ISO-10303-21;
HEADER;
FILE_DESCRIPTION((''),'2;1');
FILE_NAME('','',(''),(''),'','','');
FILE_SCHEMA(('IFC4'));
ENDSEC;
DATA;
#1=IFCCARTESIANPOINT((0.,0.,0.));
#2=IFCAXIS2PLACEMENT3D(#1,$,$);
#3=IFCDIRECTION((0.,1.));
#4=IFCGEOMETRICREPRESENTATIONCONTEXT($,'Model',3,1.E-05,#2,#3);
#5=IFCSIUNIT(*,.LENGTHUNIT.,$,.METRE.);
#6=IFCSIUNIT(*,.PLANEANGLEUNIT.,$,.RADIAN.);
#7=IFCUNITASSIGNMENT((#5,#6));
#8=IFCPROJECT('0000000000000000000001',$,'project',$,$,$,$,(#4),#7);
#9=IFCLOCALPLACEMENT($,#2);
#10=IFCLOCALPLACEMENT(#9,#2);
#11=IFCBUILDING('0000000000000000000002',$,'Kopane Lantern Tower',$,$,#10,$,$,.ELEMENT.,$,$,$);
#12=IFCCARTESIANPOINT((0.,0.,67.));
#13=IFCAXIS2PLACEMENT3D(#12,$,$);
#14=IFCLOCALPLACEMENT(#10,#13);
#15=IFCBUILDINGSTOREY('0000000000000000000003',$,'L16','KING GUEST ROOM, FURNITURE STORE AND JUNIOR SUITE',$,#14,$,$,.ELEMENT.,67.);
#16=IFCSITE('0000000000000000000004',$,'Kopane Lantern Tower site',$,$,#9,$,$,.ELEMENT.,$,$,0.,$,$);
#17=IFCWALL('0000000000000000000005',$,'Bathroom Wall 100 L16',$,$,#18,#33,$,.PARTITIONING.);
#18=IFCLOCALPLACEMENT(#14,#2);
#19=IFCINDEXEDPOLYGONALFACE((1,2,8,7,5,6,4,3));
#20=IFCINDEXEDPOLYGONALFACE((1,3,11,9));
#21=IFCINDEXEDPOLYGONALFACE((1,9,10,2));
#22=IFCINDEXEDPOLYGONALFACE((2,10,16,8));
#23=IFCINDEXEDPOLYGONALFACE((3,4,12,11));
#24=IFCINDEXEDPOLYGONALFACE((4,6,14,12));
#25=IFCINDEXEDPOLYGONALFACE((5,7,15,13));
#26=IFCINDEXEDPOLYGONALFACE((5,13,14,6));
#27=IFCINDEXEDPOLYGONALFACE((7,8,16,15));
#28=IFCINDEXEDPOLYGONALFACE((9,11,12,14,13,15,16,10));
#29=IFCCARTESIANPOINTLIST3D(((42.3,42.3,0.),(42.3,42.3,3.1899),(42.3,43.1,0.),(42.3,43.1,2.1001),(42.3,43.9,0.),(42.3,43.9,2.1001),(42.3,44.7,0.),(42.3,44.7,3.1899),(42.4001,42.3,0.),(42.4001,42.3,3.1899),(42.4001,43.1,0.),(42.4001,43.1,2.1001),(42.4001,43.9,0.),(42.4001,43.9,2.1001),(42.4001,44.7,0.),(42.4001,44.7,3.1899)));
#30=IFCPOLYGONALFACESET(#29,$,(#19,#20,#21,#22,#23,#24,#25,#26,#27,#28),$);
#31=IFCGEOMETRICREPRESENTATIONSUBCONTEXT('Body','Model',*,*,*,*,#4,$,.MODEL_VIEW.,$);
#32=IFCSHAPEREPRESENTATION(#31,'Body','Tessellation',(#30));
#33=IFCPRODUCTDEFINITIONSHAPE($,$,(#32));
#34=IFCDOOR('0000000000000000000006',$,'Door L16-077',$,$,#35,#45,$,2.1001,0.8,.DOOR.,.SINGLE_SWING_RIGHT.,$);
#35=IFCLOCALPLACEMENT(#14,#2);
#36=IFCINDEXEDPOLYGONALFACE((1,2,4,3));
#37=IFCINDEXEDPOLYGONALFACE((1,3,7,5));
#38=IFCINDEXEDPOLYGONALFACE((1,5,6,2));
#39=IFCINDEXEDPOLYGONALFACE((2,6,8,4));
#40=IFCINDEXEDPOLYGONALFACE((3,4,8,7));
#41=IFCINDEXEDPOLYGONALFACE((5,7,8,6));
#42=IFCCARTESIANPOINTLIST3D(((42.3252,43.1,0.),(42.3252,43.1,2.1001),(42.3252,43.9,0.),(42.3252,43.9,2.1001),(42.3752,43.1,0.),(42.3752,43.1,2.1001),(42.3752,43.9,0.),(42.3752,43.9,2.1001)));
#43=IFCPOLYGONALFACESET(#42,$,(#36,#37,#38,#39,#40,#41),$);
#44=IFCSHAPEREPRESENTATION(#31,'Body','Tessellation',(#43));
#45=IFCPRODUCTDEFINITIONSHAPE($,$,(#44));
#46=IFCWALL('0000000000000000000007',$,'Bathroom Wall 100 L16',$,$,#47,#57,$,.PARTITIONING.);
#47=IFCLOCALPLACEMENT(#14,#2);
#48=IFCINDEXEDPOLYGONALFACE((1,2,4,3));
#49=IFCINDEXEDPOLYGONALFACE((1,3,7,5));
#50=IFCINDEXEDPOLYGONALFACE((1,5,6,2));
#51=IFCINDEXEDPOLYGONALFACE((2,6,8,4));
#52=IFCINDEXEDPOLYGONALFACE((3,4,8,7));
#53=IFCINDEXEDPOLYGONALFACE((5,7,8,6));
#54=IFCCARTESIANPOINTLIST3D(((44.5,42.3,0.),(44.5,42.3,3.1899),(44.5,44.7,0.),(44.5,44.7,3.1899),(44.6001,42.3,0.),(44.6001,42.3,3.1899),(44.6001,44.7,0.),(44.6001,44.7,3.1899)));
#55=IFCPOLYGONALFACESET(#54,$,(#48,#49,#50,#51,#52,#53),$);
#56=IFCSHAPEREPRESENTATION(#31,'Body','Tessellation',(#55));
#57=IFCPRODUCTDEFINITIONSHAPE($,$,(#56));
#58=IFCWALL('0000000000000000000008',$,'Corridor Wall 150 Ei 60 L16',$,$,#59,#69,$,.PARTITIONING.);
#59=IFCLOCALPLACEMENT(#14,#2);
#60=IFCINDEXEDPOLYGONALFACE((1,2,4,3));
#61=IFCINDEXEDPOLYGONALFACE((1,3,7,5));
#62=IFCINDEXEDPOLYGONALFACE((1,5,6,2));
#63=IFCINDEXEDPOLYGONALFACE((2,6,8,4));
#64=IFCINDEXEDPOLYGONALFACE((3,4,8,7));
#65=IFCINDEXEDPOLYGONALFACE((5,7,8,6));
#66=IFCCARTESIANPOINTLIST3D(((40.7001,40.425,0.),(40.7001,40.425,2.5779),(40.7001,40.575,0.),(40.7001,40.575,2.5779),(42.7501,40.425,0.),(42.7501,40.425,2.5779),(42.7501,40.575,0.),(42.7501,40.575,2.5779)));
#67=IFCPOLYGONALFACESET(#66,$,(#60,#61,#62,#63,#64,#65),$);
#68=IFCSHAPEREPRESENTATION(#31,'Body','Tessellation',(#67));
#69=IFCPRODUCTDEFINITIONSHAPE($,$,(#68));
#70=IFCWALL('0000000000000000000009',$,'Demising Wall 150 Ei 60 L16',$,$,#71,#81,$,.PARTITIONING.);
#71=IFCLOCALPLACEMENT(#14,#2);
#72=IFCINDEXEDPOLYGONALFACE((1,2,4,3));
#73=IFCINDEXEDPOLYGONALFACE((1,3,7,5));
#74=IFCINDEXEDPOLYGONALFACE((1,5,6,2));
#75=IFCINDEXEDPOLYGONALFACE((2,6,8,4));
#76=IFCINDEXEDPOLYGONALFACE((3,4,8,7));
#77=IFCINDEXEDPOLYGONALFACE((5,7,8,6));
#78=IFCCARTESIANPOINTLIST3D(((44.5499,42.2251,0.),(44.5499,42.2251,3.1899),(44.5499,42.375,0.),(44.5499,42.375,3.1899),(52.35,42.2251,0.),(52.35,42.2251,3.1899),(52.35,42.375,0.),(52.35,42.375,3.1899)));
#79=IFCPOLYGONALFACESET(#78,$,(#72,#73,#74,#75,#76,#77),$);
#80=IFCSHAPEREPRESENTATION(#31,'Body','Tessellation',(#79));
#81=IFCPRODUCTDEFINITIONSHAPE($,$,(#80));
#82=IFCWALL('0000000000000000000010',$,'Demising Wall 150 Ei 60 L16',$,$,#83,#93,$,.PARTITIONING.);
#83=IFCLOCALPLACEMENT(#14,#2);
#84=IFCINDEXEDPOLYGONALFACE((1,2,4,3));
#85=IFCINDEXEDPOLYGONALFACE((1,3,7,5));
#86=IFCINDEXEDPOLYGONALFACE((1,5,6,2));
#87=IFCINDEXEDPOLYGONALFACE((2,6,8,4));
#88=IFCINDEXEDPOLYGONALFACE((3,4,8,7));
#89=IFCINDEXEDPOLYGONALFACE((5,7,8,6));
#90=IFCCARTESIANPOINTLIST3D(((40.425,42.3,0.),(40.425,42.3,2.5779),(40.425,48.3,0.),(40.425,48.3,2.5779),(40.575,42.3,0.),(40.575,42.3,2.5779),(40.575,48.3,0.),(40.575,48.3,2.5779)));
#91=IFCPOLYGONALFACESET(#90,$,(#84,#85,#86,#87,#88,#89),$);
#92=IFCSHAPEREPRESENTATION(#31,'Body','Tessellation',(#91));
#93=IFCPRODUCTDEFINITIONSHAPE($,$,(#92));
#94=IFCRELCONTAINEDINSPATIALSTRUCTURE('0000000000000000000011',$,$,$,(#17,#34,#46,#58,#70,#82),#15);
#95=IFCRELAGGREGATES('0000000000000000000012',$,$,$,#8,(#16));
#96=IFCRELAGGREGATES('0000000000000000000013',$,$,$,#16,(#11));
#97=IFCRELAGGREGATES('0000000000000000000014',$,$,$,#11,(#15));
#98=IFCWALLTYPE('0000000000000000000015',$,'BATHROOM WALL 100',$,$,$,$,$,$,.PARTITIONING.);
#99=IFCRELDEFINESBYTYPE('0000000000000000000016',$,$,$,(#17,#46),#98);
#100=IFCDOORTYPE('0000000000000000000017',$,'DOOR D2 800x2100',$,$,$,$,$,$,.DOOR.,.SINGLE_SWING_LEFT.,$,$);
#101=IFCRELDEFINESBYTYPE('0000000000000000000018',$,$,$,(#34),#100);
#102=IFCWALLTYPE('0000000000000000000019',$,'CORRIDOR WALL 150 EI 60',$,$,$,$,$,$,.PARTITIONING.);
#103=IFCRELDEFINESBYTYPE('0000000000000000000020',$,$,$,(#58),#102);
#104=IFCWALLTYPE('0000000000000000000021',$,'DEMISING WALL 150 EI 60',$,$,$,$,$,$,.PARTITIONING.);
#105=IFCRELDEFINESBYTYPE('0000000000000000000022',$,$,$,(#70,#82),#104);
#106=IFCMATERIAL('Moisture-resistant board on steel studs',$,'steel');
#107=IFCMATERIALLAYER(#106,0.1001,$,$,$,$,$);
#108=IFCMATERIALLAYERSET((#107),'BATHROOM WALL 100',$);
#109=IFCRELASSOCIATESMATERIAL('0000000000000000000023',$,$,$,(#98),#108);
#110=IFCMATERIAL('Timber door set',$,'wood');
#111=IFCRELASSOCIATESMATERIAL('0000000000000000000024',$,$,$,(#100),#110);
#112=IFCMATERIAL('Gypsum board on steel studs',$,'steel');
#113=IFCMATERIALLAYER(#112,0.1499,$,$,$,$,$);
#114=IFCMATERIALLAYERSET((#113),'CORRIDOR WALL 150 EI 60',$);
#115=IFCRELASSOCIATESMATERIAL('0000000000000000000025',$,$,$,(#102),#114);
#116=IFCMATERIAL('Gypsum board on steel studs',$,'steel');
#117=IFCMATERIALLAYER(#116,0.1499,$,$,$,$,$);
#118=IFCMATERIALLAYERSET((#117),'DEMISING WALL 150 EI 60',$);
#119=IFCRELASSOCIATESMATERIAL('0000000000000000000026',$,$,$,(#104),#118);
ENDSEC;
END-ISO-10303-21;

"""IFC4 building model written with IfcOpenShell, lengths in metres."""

from ifc_helpers import new_model, si_unit, direction, frame, frame_2d, origin, place, context, subcontext, project, spatial, rectangle, extrude, material, layer, layer_set, type_object, element, fill, save


model = new_model("IFC4")

# Units and contexts
model_context = context("Model", 3, precision=1e-05, world=origin(), true_north=direction((0.0, 1.0)))
body_context = subcontext(model_context, "Body", "Model", "MODEL_VIEW")
ifc_project = project(units=[si_unit("LENGTHUNIT", "METRE"), si_unit("PLANEANGLEUNIT", "RADIAN")], contexts=[model_context])

# Site, building, storey
site_placement = place(None, origin())
site = spatial("IfcSite", under=ifc_project, at=site_placement, Name="Kopane Lantern Tower site", CompositionType="ELEMENT", RefElevation=0.0)
building_placement = place(site_placement, origin())
building = spatial("IfcBuilding", under=site, at=building_placement, Name="Kopane Lantern Tower", CompositionType="ELEMENT")
storey_placement = place(building_placement, frame((0.0, 0.0, 67.0)))
storey = spatial("IfcBuildingStorey", under=building, at=storey_placement, Name="L16", Description="KING GUEST ROOM, FURNITURE STORE AND JUNIOR SUITE", CompositionType="ELEMENT", Elevation=67.0)

# Wall, opening, door
ifc_material_1 = material(Name="Moisture-resistant board on steel studs", Category="steel")
ifc_layer_1 = layer(ifc_material_1, 0.1001)
ifc_layer_set_1 = layer_set([ifc_layer_1], Name="BATHROOM WALL 100")
wall_type_1 = type_object("IfcWallType", Name="BATHROOM WALL 100", PredefinedType="PARTITIONING", material=ifc_layer_set_1)
wall_1_placement = place(storey_placement, frame((42.3501, 42.3, 0.0), z_axis=(0.0, 0.0, 1.0), x_axis=(0.0, 1.0, 0.0)))
wall_1 = element("IfcWall", 1, at=wall_1_placement, inside=storey, type_object=wall_type_1, Name="Bathroom Wall 100 L16", PredefinedType="PARTITIONING", context=body_context, shape_type="SweptSolid", body=[
    extrude(rectangle(XDim=2.3999, YDim=0.1001, at=frame_2d((1.2, 0.0))), origin(), (0.0, 0.0, 1.0), 3.1899),
])
opening_1_placement = place(wall_1_placement, frame((0.8, 0.0, 0.0)))
opening_1 = element("IfcOpeningElement", 2, at=opening_1_placement, cuts=wall_1, PredefinedType="OPENING", context=body_context, shape_type="SweptSolid", body=[
    extrude(rectangle(XDim=0.8, YDim=2.1001, at=frame_2d((0.3999, 1.05))), frame((0.0, 0.0601, 0.0), z_axis=(0.0, -1.0, 0.0), x_axis=(1.0, 0.0, 0.0)), (0.0, 0.0, 1.0), 0.1201),
])
ifc_material_2 = material(Name="Timber door set", Category="wood")
door_type_1 = type_object("IfcDoorType", Name="DOOR D2 800x2100", OperationType="SINGLE_SWING_LEFT", PredefinedType="DOOR", material=ifc_material_2)
door_1_placement = place(opening_1_placement, origin())
door_1 = element("IfcDoor", 3, at=door_1_placement, inside=storey, type_object=door_type_1, Name="Door L16-077", OperationType="SINGLE_SWING_RIGHT", OverallHeight=2.1001, OverallWidth=0.8, PredefinedType="DOOR", context=body_context, shape_type="SweptSolid", body=[
    extrude(rectangle(XDim=0.8, YDim=2.1001, at=frame_2d((0.3999, 1.05))), frame((0.0, 0.0249, 0.0), z_axis=(0.0, -1.0, 0.0), x_axis=(1.0, 0.0, 0.0)), (0.0, 0.0, 1.0), 0.05),
])
fill(opening_1, door_1)

# Walls
wall_2_placement = place(storey_placement, frame((44.55, 42.3, 0.0), z_axis=(0.0, 0.0, 1.0), x_axis=(0.0, 1.0, 0.0)))
element("IfcWall", 4, at=wall_2_placement, inside=storey, type_object=wall_type_1, Name="Bathroom Wall 100 L16", PredefinedType="PARTITIONING", context=body_context, shape_type="SweptSolid", body=[
    extrude(rectangle(XDim=2.3999, YDim=0.1001, at=frame_2d((1.2, 0.0))), origin(), (0.0, 0.0, 1.0), 3.1899),
])
ifc_material_3 = material(Name="Gypsum board on steel studs", Category="steel")
ifc_layer_2 = layer(ifc_material_3, 0.1499)
ifc_layer_set_2 = layer_set([ifc_layer_2], Name="CORRIDOR WALL 150 EI 60")
wall_type_2 = type_object("IfcWallType", Name="CORRIDOR WALL 150 EI 60", PredefinedType="PARTITIONING", material=ifc_layer_set_2)
wall_3_placement = place(storey_placement, frame((42.75, 40.5, 0.0), z_axis=(0.0, 0.0, 1.0), x_axis=(-1.0, 0.0, 0.0)))
element("IfcWall", 5, at=wall_3_placement, inside=storey, type_object=wall_type_2, Name="Corridor Wall 150 Ei 60 L16", PredefinedType="PARTITIONING", context=body_context, shape_type="SweptSolid", body=[
    extrude(rectangle(XDim=2.05, YDim=0.1499, at=frame_2d((1.0249, 0.0))), origin(), (0.0, 0.0, 1.0), 2.5779),
])
ifc_material_4 = material(Name="Gypsum board on steel studs", Category="steel")
ifc_layer_3 = layer(ifc_material_4, 0.1499)
ifc_layer_set_3 = layer_set([ifc_layer_3], Name="DEMISING WALL 150 EI 60")
wall_type_3 = type_object("IfcWallType", Name="DEMISING WALL 150 EI 60", PredefinedType="PARTITIONING", material=ifc_layer_set_3)
wall_4_placement = place(storey_placement, frame((44.55, 42.3, 0.0), z_axis=(0.0, 0.0, 1.0), x_axis=(1.0, 0.0, 0.0)))
element("IfcWall", 6, at=wall_4_placement, inside=storey, type_object=wall_type_3, Name="Demising Wall 150 Ei 60 L16", PredefinedType="PARTITIONING", context=body_context, shape_type="SweptSolid", body=[
    extrude(rectangle(XDim=7.8, YDim=0.1499, at=frame_2d((3.8999, 0.0))), origin(), (0.0, 0.0, 1.0), 3.1899),
])
wall_5_placement = place(storey_placement, frame((40.5, 42.3, 0.0), z_axis=(0.0, 0.0, 1.0), x_axis=(0.0, 1.0, 0.0)))
element("IfcWall", 7, at=wall_5_placement, inside=storey, type_object=wall_type_3, Name="Demising Wall 150 Ei 60 L16", PredefinedType="PARTITIONING", context=body_context, shape_type="SweptSolid", body=[
    extrude(rectangle(XDim=6.0, YDim=0.1499, at=frame_2d((3.0, 0.0))), origin(), (0.0, 0.0, 1.0), 2.5779),
])

save(model, "model.ifc")
